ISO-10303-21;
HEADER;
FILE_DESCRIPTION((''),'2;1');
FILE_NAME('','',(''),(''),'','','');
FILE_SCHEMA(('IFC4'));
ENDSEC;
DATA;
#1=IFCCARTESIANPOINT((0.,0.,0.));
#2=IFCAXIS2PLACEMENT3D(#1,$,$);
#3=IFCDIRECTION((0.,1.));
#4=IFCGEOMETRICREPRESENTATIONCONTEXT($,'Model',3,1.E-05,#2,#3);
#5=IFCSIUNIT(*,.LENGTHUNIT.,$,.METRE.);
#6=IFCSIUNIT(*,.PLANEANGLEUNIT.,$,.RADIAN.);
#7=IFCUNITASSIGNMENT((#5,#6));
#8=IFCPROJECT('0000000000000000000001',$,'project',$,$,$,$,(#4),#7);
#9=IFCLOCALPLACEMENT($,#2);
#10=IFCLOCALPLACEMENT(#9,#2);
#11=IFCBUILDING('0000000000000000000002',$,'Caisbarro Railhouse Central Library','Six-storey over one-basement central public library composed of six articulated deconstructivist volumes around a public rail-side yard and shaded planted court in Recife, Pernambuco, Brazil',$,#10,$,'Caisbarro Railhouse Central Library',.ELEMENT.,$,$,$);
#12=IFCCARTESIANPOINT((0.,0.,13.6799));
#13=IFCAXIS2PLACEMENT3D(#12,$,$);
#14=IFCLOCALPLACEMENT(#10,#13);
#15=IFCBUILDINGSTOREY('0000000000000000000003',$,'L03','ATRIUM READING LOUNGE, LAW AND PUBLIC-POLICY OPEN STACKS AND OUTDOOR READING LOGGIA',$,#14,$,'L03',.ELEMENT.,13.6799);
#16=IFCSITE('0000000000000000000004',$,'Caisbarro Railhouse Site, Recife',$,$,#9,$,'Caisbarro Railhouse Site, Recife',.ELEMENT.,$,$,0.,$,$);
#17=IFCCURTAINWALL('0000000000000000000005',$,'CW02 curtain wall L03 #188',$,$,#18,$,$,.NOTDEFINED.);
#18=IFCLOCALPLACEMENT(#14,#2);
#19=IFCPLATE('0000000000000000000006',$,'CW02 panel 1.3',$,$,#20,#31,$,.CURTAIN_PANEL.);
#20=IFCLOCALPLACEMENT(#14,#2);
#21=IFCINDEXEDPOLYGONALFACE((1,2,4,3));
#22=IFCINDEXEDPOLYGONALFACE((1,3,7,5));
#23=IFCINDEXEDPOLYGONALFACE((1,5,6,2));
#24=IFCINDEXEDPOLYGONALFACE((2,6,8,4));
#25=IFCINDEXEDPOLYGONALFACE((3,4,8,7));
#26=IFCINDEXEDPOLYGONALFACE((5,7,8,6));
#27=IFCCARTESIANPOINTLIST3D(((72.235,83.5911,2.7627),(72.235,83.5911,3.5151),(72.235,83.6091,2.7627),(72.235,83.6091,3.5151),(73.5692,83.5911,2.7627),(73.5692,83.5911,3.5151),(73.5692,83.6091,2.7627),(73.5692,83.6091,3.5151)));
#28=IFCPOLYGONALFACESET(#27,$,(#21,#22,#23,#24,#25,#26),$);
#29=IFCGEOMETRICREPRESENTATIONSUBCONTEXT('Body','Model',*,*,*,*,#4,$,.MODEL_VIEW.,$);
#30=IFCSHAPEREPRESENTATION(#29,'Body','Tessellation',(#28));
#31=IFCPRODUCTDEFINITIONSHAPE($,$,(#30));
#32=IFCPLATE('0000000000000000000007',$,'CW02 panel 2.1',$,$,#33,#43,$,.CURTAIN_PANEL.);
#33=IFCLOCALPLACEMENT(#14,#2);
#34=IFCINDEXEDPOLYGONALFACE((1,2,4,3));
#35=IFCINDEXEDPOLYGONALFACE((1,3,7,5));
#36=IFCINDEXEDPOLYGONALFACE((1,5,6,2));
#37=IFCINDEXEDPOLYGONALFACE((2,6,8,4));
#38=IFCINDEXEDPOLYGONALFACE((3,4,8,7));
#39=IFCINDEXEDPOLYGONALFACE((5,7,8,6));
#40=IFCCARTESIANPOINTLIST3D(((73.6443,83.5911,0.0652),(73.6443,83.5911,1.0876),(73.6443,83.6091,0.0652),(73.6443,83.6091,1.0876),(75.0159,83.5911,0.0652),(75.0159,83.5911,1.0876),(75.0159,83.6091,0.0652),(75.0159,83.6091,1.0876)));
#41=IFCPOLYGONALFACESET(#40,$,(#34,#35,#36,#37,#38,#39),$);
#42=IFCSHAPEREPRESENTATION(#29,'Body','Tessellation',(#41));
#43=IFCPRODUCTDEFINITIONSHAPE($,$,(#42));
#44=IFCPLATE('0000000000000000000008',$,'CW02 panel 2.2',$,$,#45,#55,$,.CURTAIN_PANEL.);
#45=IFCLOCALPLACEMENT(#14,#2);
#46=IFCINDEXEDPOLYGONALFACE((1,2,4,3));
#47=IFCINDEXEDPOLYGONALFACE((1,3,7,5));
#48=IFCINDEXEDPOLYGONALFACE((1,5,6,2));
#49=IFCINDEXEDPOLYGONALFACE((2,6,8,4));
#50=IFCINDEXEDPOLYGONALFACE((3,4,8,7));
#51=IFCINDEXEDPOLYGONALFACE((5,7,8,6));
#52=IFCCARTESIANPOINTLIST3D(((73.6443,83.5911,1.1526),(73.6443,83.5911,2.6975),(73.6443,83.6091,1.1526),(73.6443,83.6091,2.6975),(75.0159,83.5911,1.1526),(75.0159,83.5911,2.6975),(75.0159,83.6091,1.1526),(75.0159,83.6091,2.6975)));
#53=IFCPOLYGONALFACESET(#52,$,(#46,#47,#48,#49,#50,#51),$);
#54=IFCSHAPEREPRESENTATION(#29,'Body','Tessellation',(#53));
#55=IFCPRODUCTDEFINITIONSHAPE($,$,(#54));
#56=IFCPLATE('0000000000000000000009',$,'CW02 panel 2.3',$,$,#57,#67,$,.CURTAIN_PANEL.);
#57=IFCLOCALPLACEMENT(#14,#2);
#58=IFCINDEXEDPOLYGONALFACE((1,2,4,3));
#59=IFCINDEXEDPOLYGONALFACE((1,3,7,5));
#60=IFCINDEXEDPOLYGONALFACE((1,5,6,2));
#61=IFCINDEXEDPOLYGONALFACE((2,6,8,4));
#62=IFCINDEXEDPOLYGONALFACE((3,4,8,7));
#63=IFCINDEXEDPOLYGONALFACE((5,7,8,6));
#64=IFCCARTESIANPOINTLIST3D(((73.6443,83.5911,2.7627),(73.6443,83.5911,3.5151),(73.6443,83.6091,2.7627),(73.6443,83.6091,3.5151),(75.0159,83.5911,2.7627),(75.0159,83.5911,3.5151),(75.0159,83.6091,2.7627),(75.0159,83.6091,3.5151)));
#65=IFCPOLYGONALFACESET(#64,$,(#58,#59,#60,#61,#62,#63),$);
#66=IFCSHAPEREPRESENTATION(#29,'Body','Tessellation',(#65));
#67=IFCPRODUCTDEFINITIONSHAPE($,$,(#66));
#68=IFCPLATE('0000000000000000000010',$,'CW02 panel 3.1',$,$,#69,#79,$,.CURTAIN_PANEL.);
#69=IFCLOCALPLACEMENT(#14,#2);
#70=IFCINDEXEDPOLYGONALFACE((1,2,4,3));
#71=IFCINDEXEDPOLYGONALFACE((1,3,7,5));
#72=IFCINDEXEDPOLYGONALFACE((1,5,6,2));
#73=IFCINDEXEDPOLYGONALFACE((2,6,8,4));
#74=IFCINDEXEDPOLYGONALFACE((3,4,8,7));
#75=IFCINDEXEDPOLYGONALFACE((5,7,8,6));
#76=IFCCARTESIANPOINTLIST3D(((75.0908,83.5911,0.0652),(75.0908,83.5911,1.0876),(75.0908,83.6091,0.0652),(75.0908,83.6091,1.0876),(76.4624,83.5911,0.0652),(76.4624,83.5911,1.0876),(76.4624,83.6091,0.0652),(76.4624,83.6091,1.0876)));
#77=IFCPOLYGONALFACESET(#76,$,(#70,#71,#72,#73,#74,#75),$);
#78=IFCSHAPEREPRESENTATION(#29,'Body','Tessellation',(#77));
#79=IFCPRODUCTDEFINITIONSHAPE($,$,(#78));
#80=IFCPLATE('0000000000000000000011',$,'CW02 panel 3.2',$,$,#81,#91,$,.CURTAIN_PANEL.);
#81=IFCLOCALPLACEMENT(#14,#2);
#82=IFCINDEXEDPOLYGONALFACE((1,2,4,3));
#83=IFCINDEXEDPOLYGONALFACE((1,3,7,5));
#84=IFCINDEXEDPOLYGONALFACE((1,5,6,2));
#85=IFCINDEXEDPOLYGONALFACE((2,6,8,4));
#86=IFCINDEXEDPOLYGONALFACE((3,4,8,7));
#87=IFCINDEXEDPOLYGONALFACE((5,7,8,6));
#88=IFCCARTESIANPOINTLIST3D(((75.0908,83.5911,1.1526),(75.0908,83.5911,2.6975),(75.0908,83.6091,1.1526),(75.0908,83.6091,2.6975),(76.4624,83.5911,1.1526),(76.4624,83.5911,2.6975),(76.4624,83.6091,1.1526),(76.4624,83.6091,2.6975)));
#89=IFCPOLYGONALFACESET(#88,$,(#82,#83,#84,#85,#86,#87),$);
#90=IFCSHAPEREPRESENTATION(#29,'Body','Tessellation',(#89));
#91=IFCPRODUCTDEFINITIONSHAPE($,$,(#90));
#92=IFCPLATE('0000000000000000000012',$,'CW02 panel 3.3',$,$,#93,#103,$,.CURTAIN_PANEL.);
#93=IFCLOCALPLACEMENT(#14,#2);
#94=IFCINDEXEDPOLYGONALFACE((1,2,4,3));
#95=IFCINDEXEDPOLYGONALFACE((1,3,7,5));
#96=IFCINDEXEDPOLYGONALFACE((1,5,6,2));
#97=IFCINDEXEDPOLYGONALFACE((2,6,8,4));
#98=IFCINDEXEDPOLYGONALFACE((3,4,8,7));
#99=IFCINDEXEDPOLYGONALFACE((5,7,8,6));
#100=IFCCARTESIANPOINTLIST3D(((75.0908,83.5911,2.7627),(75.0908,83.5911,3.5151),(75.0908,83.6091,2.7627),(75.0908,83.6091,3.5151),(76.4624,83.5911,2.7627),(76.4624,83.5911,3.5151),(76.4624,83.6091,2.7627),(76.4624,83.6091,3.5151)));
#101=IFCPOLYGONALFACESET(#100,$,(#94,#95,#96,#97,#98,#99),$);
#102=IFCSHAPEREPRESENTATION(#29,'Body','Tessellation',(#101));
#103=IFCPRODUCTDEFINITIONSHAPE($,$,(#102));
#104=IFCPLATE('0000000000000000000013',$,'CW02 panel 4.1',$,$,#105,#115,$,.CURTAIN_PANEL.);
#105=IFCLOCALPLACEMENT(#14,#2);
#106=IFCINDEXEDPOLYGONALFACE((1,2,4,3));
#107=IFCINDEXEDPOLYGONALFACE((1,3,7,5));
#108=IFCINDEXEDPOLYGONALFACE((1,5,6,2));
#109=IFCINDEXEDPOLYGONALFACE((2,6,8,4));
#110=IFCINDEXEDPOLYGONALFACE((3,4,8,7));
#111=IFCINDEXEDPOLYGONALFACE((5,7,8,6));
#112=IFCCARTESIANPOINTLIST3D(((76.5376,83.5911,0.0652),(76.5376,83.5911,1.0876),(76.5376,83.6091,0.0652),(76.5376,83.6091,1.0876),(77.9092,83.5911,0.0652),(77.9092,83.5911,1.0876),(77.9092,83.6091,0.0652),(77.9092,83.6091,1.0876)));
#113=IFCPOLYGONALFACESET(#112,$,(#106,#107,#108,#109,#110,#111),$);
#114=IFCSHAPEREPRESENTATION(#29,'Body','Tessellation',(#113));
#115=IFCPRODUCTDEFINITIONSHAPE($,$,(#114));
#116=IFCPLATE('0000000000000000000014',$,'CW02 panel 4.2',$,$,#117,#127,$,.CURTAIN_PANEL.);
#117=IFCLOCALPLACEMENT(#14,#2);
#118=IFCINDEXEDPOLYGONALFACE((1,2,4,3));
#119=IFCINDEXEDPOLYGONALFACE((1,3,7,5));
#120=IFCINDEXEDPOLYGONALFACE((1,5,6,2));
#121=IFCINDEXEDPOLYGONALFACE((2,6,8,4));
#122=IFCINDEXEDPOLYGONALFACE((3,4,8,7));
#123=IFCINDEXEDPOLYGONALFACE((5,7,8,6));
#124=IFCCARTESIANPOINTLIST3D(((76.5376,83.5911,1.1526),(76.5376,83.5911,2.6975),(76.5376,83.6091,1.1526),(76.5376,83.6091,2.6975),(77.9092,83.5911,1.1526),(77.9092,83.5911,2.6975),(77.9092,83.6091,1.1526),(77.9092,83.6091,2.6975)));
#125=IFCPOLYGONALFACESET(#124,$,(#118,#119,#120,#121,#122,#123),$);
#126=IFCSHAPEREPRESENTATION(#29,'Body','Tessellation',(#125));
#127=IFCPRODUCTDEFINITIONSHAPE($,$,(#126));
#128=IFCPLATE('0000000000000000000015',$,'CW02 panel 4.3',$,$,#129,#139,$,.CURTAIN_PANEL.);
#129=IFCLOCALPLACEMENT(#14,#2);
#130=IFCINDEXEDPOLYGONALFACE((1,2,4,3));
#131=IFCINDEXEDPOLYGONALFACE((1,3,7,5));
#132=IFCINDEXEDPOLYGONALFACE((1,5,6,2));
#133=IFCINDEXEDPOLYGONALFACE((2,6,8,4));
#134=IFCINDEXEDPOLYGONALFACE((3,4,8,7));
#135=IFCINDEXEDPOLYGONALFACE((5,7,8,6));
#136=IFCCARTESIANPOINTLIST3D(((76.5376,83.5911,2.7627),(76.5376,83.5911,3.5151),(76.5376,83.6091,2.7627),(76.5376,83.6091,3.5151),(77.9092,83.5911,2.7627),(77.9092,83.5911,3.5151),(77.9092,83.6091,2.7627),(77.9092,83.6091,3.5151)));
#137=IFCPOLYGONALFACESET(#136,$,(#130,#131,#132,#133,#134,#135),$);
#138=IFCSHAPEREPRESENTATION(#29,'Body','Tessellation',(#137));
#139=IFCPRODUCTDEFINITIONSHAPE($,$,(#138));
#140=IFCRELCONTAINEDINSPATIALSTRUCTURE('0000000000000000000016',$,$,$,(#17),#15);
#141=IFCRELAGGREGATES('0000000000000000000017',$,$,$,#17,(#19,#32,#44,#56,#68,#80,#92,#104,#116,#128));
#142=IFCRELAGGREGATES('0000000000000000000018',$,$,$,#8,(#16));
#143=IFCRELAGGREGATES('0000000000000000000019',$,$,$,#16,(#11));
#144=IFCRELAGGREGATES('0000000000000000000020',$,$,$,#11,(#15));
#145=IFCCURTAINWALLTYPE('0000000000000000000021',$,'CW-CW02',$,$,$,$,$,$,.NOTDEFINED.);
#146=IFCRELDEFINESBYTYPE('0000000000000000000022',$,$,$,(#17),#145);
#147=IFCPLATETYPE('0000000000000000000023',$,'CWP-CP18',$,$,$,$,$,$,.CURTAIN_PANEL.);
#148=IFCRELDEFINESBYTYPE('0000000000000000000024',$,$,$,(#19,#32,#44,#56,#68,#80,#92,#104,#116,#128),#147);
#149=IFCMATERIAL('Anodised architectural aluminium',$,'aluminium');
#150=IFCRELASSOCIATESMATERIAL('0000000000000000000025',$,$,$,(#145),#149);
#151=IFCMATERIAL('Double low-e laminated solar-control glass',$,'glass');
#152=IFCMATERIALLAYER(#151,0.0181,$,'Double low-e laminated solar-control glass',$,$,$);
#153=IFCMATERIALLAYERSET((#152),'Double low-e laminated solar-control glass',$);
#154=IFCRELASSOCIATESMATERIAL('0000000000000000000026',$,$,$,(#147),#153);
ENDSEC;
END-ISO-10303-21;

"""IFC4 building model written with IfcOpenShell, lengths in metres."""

from ifc_helpers import new_model, si_unit, direction, frame, origin, origin_2d, place, context, subcontext, project, spatial, rectangle, extrude, material, layer, layer_set, type_object, element, aggregate, save


model = new_model("IFC4")

# Units and contexts
model_context = context("Model", 3, precision=1e-05, world=origin(), true_north=direction((0.0, 1.0)))
body_context = subcontext(model_context, "Body", "Model", "MODEL_VIEW")
ifc_project = project(units=[si_unit("LENGTHUNIT", "METRE"), si_unit("PLANEANGLEUNIT", "RADIAN")], contexts=[model_context])

# Site, building, storey
site_placement = place(None, origin())
site = spatial("IfcSite", under=ifc_project, at=site_placement, Name="Caisbarro Railhouse Site, Recife", LongName="Caisbarro Railhouse Site, Recife", CompositionType="ELEMENT", RefElevation=0.0)
building_placement = place(site_placement, origin())
building = spatial("IfcBuilding", under=site, at=building_placement, Name="Caisbarro Railhouse Central Library", Description="Six-storey over one-basement central public library composed of six articulated deconstructivist volumes around a public rail-side yard and shaded planted court in Recife, Pernambuco, Brazil", LongName="Caisbarro Railhouse Central Library", CompositionType="ELEMENT")
storey_placement = place(building_placement, frame((0.0, 0.0, 13.6799)))
storey = spatial("IfcBuildingStorey", under=building, at=storey_placement, Name="L03", Description="ATRIUM READING LOUNGE, LAW AND PUBLIC-POLICY OPEN STACKS AND OUTDOOR READING LOGGIA", LongName="L03", CompositionType="ELEMENT", Elevation=13.6799)

# Curtain wall, plates
ifc_material_1 = material(Name="Anodised architectural aluminium", Category="aluminium")
curtain_wall_type = type_object("IfcCurtainWallType", Name="CW-CW02", PredefinedType="NOTDEFINED", material=ifc_material_1)
curtain_wall_placement = place(storey_placement, origin())
curtain_wall = element("IfcCurtainWall", 1, at=curtain_wall_placement, inside=storey, type_object=curtain_wall_type, Name="CW02 curtain wall L03 #188", PredefinedType="NOTDEFINED")
ifc_material_2 = material(Name="Double low-e laminated solar-control glass", Category="glass")
ifc_layer = layer(ifc_material_2, 0.0181, Name="Double low-e laminated solar-control glass")
ifc_layer_set = layer_set([ifc_layer], Name="Double low-e laminated solar-control glass")
plate_type = type_object("IfcPlateType", Name="CWP-CP18", PredefinedType="CURTAIN_PANEL", material=ifc_layer_set)
plate_1_placement = place(storey_placement, frame((72.9021, 83.6001, 2.7627), z_axis=(0.0, 0.0, 1.0), x_axis=(1.0, 0.0, 0.0)))
plate_1 = element("IfcPlate", 2, at=plate_1_placement, type_object=plate_type, Name="CW02 panel 1.3", PredefinedType="CURTAIN_PANEL", context=body_context, shape_type="SweptSolid", body=[
    extrude(rectangle(XDim=1.3342, YDim=0.0181, at=origin_2d()), origin(), (0.0, 0.0, 1.0), 0.7524),
])
plate_2_placement = place(storey_placement, frame((74.3301, 83.6001, 0.0652), z_axis=(0.0, 0.0, 1.0), x_axis=(1.0, 0.0, 0.0)))
plate_2 = element("IfcPlate", 3, at=plate_2_placement, type_object=plate_type, Name="CW02 panel 2.1", PredefinedType="CURTAIN_PANEL", context=body_context, shape_type="SweptSolid", body=[
    extrude(rectangle(XDim=1.3716, YDim=0.0181, at=origin_2d()), origin(), (0.0, 0.0, 1.0), 1.0225),
])
plate_3_placement = place(storey_placement, frame((74.3301, 83.6001, 1.1526), z_axis=(0.0, 0.0, 1.0), x_axis=(1.0, 0.0, 0.0)))
plate_3 = element("IfcPlate", 4, at=plate_3_placement, type_object=plate_type, Name="CW02 panel 2.2", PredefinedType="CURTAIN_PANEL", context=body_context, shape_type="SweptSolid", body=[
    extrude(rectangle(XDim=1.3716, YDim=0.0181, at=origin_2d()), origin(), (0.0, 0.0, 1.0), 1.5449),
])
plate_4_placement = place(storey_placement, frame((74.3301, 83.6001, 2.7627), z_axis=(0.0, 0.0, 1.0), x_axis=(1.0, 0.0, 0.0)))
plate_4 = element("IfcPlate", 5, at=plate_4_placement, type_object=plate_type, Name="CW02 panel 2.3", PredefinedType="CURTAIN_PANEL", context=body_context, shape_type="SweptSolid", body=[
    extrude(rectangle(XDim=1.3716, YDim=0.0181, at=origin_2d()), origin(), (0.0, 0.0, 1.0), 0.7524),
])
plate_5_placement = place(storey_placement, frame((75.7766, 83.6001, 0.0652), z_axis=(0.0, 0.0, 1.0), x_axis=(1.0, 0.0, 0.0)))
plate_5 = element("IfcPlate", 6, at=plate_5_placement, type_object=plate_type, Name="CW02 panel 3.1", PredefinedType="CURTAIN_PANEL", context=body_context, shape_type="SweptSolid", body=[
    extrude(rectangle(XDim=1.3716, YDim=0.0181, at=origin_2d()), origin(), (0.0, 0.0, 1.0), 1.0225),
])
plate_6_placement = place(storey_placement, frame((75.7766, 83.6001, 1.1526), z_axis=(0.0, 0.0, 1.0), x_axis=(1.0, 0.0, 0.0)))
plate_6 = element("IfcPlate", 7, at=plate_6_placement, type_object=plate_type, Name="CW02 panel 3.2", PredefinedType="CURTAIN_PANEL", context=body_context, shape_type="SweptSolid", body=[
    extrude(rectangle(XDim=1.3716, YDim=0.0181, at=origin_2d()), origin(), (0.0, 0.0, 1.0), 1.5449),
])
plate_7_placement = place(storey_placement, frame((75.7766, 83.6001, 2.7627), z_axis=(0.0, 0.0, 1.0), x_axis=(1.0, 0.0, 0.0)))
plate_7 = element("IfcPlate", 8, at=plate_7_placement, type_object=plate_type, Name="CW02 panel 3.3", PredefinedType="CURTAIN_PANEL", context=body_context, shape_type="SweptSolid", body=[
    extrude(rectangle(XDim=1.3716, YDim=0.0181, at=origin_2d()), origin(), (0.0, 0.0, 1.0), 0.7524),
])
plate_8_placement = place(storey_placement, frame((77.2234, 83.6001, 0.0652), z_axis=(0.0, 0.0, 1.0), x_axis=(1.0, 0.0, 0.0)))
plate_8 = element("IfcPlate", 9, at=plate_8_placement, type_object=plate_type, Name="CW02 panel 4.1", PredefinedType="CURTAIN_PANEL", context=body_context, shape_type="SweptSolid", body=[
    extrude(rectangle(XDim=1.3716, YDim=0.0181, at=origin_2d()), origin(), (0.0, 0.0, 1.0), 1.0225),
])
plate_9_placement = place(storey_placement, frame((77.2234, 83.6001, 1.1526), z_axis=(0.0, 0.0, 1.0), x_axis=(1.0, 0.0, 0.0)))
plate_9 = element("IfcPlate", 10, at=plate_9_placement, type_object=plate_type, Name="CW02 panel 4.2", PredefinedType="CURTAIN_PANEL", context=body_context, shape_type="SweptSolid", body=[
    extrude(rectangle(XDim=1.3716, YDim=0.0181, at=origin_2d()), origin(), (0.0, 0.0, 1.0), 1.5449),
])
plate_10_placement = place(storey_placement, frame((77.2234, 83.6001, 2.7627), z_axis=(0.0, 0.0, 1.0), x_axis=(1.0, 0.0, 0.0)))
plate_10 = element("IfcPlate", 11, at=plate_10_placement, type_object=plate_type, Name="CW02 panel 4.3", PredefinedType="CURTAIN_PANEL", context=body_context, shape_type="SweptSolid", body=[
    extrude(rectangle(XDim=1.3716, YDim=0.0181, at=origin_2d()), origin(), (0.0, 0.0, 1.0), 0.7524),
])
aggregate(curtain_wall, [plate_1, plate_2, plate_3, plate_4, plate_5, plate_6, plate_7, plate_8, plate_9, plate_10])

save(model, "model.ifc")
